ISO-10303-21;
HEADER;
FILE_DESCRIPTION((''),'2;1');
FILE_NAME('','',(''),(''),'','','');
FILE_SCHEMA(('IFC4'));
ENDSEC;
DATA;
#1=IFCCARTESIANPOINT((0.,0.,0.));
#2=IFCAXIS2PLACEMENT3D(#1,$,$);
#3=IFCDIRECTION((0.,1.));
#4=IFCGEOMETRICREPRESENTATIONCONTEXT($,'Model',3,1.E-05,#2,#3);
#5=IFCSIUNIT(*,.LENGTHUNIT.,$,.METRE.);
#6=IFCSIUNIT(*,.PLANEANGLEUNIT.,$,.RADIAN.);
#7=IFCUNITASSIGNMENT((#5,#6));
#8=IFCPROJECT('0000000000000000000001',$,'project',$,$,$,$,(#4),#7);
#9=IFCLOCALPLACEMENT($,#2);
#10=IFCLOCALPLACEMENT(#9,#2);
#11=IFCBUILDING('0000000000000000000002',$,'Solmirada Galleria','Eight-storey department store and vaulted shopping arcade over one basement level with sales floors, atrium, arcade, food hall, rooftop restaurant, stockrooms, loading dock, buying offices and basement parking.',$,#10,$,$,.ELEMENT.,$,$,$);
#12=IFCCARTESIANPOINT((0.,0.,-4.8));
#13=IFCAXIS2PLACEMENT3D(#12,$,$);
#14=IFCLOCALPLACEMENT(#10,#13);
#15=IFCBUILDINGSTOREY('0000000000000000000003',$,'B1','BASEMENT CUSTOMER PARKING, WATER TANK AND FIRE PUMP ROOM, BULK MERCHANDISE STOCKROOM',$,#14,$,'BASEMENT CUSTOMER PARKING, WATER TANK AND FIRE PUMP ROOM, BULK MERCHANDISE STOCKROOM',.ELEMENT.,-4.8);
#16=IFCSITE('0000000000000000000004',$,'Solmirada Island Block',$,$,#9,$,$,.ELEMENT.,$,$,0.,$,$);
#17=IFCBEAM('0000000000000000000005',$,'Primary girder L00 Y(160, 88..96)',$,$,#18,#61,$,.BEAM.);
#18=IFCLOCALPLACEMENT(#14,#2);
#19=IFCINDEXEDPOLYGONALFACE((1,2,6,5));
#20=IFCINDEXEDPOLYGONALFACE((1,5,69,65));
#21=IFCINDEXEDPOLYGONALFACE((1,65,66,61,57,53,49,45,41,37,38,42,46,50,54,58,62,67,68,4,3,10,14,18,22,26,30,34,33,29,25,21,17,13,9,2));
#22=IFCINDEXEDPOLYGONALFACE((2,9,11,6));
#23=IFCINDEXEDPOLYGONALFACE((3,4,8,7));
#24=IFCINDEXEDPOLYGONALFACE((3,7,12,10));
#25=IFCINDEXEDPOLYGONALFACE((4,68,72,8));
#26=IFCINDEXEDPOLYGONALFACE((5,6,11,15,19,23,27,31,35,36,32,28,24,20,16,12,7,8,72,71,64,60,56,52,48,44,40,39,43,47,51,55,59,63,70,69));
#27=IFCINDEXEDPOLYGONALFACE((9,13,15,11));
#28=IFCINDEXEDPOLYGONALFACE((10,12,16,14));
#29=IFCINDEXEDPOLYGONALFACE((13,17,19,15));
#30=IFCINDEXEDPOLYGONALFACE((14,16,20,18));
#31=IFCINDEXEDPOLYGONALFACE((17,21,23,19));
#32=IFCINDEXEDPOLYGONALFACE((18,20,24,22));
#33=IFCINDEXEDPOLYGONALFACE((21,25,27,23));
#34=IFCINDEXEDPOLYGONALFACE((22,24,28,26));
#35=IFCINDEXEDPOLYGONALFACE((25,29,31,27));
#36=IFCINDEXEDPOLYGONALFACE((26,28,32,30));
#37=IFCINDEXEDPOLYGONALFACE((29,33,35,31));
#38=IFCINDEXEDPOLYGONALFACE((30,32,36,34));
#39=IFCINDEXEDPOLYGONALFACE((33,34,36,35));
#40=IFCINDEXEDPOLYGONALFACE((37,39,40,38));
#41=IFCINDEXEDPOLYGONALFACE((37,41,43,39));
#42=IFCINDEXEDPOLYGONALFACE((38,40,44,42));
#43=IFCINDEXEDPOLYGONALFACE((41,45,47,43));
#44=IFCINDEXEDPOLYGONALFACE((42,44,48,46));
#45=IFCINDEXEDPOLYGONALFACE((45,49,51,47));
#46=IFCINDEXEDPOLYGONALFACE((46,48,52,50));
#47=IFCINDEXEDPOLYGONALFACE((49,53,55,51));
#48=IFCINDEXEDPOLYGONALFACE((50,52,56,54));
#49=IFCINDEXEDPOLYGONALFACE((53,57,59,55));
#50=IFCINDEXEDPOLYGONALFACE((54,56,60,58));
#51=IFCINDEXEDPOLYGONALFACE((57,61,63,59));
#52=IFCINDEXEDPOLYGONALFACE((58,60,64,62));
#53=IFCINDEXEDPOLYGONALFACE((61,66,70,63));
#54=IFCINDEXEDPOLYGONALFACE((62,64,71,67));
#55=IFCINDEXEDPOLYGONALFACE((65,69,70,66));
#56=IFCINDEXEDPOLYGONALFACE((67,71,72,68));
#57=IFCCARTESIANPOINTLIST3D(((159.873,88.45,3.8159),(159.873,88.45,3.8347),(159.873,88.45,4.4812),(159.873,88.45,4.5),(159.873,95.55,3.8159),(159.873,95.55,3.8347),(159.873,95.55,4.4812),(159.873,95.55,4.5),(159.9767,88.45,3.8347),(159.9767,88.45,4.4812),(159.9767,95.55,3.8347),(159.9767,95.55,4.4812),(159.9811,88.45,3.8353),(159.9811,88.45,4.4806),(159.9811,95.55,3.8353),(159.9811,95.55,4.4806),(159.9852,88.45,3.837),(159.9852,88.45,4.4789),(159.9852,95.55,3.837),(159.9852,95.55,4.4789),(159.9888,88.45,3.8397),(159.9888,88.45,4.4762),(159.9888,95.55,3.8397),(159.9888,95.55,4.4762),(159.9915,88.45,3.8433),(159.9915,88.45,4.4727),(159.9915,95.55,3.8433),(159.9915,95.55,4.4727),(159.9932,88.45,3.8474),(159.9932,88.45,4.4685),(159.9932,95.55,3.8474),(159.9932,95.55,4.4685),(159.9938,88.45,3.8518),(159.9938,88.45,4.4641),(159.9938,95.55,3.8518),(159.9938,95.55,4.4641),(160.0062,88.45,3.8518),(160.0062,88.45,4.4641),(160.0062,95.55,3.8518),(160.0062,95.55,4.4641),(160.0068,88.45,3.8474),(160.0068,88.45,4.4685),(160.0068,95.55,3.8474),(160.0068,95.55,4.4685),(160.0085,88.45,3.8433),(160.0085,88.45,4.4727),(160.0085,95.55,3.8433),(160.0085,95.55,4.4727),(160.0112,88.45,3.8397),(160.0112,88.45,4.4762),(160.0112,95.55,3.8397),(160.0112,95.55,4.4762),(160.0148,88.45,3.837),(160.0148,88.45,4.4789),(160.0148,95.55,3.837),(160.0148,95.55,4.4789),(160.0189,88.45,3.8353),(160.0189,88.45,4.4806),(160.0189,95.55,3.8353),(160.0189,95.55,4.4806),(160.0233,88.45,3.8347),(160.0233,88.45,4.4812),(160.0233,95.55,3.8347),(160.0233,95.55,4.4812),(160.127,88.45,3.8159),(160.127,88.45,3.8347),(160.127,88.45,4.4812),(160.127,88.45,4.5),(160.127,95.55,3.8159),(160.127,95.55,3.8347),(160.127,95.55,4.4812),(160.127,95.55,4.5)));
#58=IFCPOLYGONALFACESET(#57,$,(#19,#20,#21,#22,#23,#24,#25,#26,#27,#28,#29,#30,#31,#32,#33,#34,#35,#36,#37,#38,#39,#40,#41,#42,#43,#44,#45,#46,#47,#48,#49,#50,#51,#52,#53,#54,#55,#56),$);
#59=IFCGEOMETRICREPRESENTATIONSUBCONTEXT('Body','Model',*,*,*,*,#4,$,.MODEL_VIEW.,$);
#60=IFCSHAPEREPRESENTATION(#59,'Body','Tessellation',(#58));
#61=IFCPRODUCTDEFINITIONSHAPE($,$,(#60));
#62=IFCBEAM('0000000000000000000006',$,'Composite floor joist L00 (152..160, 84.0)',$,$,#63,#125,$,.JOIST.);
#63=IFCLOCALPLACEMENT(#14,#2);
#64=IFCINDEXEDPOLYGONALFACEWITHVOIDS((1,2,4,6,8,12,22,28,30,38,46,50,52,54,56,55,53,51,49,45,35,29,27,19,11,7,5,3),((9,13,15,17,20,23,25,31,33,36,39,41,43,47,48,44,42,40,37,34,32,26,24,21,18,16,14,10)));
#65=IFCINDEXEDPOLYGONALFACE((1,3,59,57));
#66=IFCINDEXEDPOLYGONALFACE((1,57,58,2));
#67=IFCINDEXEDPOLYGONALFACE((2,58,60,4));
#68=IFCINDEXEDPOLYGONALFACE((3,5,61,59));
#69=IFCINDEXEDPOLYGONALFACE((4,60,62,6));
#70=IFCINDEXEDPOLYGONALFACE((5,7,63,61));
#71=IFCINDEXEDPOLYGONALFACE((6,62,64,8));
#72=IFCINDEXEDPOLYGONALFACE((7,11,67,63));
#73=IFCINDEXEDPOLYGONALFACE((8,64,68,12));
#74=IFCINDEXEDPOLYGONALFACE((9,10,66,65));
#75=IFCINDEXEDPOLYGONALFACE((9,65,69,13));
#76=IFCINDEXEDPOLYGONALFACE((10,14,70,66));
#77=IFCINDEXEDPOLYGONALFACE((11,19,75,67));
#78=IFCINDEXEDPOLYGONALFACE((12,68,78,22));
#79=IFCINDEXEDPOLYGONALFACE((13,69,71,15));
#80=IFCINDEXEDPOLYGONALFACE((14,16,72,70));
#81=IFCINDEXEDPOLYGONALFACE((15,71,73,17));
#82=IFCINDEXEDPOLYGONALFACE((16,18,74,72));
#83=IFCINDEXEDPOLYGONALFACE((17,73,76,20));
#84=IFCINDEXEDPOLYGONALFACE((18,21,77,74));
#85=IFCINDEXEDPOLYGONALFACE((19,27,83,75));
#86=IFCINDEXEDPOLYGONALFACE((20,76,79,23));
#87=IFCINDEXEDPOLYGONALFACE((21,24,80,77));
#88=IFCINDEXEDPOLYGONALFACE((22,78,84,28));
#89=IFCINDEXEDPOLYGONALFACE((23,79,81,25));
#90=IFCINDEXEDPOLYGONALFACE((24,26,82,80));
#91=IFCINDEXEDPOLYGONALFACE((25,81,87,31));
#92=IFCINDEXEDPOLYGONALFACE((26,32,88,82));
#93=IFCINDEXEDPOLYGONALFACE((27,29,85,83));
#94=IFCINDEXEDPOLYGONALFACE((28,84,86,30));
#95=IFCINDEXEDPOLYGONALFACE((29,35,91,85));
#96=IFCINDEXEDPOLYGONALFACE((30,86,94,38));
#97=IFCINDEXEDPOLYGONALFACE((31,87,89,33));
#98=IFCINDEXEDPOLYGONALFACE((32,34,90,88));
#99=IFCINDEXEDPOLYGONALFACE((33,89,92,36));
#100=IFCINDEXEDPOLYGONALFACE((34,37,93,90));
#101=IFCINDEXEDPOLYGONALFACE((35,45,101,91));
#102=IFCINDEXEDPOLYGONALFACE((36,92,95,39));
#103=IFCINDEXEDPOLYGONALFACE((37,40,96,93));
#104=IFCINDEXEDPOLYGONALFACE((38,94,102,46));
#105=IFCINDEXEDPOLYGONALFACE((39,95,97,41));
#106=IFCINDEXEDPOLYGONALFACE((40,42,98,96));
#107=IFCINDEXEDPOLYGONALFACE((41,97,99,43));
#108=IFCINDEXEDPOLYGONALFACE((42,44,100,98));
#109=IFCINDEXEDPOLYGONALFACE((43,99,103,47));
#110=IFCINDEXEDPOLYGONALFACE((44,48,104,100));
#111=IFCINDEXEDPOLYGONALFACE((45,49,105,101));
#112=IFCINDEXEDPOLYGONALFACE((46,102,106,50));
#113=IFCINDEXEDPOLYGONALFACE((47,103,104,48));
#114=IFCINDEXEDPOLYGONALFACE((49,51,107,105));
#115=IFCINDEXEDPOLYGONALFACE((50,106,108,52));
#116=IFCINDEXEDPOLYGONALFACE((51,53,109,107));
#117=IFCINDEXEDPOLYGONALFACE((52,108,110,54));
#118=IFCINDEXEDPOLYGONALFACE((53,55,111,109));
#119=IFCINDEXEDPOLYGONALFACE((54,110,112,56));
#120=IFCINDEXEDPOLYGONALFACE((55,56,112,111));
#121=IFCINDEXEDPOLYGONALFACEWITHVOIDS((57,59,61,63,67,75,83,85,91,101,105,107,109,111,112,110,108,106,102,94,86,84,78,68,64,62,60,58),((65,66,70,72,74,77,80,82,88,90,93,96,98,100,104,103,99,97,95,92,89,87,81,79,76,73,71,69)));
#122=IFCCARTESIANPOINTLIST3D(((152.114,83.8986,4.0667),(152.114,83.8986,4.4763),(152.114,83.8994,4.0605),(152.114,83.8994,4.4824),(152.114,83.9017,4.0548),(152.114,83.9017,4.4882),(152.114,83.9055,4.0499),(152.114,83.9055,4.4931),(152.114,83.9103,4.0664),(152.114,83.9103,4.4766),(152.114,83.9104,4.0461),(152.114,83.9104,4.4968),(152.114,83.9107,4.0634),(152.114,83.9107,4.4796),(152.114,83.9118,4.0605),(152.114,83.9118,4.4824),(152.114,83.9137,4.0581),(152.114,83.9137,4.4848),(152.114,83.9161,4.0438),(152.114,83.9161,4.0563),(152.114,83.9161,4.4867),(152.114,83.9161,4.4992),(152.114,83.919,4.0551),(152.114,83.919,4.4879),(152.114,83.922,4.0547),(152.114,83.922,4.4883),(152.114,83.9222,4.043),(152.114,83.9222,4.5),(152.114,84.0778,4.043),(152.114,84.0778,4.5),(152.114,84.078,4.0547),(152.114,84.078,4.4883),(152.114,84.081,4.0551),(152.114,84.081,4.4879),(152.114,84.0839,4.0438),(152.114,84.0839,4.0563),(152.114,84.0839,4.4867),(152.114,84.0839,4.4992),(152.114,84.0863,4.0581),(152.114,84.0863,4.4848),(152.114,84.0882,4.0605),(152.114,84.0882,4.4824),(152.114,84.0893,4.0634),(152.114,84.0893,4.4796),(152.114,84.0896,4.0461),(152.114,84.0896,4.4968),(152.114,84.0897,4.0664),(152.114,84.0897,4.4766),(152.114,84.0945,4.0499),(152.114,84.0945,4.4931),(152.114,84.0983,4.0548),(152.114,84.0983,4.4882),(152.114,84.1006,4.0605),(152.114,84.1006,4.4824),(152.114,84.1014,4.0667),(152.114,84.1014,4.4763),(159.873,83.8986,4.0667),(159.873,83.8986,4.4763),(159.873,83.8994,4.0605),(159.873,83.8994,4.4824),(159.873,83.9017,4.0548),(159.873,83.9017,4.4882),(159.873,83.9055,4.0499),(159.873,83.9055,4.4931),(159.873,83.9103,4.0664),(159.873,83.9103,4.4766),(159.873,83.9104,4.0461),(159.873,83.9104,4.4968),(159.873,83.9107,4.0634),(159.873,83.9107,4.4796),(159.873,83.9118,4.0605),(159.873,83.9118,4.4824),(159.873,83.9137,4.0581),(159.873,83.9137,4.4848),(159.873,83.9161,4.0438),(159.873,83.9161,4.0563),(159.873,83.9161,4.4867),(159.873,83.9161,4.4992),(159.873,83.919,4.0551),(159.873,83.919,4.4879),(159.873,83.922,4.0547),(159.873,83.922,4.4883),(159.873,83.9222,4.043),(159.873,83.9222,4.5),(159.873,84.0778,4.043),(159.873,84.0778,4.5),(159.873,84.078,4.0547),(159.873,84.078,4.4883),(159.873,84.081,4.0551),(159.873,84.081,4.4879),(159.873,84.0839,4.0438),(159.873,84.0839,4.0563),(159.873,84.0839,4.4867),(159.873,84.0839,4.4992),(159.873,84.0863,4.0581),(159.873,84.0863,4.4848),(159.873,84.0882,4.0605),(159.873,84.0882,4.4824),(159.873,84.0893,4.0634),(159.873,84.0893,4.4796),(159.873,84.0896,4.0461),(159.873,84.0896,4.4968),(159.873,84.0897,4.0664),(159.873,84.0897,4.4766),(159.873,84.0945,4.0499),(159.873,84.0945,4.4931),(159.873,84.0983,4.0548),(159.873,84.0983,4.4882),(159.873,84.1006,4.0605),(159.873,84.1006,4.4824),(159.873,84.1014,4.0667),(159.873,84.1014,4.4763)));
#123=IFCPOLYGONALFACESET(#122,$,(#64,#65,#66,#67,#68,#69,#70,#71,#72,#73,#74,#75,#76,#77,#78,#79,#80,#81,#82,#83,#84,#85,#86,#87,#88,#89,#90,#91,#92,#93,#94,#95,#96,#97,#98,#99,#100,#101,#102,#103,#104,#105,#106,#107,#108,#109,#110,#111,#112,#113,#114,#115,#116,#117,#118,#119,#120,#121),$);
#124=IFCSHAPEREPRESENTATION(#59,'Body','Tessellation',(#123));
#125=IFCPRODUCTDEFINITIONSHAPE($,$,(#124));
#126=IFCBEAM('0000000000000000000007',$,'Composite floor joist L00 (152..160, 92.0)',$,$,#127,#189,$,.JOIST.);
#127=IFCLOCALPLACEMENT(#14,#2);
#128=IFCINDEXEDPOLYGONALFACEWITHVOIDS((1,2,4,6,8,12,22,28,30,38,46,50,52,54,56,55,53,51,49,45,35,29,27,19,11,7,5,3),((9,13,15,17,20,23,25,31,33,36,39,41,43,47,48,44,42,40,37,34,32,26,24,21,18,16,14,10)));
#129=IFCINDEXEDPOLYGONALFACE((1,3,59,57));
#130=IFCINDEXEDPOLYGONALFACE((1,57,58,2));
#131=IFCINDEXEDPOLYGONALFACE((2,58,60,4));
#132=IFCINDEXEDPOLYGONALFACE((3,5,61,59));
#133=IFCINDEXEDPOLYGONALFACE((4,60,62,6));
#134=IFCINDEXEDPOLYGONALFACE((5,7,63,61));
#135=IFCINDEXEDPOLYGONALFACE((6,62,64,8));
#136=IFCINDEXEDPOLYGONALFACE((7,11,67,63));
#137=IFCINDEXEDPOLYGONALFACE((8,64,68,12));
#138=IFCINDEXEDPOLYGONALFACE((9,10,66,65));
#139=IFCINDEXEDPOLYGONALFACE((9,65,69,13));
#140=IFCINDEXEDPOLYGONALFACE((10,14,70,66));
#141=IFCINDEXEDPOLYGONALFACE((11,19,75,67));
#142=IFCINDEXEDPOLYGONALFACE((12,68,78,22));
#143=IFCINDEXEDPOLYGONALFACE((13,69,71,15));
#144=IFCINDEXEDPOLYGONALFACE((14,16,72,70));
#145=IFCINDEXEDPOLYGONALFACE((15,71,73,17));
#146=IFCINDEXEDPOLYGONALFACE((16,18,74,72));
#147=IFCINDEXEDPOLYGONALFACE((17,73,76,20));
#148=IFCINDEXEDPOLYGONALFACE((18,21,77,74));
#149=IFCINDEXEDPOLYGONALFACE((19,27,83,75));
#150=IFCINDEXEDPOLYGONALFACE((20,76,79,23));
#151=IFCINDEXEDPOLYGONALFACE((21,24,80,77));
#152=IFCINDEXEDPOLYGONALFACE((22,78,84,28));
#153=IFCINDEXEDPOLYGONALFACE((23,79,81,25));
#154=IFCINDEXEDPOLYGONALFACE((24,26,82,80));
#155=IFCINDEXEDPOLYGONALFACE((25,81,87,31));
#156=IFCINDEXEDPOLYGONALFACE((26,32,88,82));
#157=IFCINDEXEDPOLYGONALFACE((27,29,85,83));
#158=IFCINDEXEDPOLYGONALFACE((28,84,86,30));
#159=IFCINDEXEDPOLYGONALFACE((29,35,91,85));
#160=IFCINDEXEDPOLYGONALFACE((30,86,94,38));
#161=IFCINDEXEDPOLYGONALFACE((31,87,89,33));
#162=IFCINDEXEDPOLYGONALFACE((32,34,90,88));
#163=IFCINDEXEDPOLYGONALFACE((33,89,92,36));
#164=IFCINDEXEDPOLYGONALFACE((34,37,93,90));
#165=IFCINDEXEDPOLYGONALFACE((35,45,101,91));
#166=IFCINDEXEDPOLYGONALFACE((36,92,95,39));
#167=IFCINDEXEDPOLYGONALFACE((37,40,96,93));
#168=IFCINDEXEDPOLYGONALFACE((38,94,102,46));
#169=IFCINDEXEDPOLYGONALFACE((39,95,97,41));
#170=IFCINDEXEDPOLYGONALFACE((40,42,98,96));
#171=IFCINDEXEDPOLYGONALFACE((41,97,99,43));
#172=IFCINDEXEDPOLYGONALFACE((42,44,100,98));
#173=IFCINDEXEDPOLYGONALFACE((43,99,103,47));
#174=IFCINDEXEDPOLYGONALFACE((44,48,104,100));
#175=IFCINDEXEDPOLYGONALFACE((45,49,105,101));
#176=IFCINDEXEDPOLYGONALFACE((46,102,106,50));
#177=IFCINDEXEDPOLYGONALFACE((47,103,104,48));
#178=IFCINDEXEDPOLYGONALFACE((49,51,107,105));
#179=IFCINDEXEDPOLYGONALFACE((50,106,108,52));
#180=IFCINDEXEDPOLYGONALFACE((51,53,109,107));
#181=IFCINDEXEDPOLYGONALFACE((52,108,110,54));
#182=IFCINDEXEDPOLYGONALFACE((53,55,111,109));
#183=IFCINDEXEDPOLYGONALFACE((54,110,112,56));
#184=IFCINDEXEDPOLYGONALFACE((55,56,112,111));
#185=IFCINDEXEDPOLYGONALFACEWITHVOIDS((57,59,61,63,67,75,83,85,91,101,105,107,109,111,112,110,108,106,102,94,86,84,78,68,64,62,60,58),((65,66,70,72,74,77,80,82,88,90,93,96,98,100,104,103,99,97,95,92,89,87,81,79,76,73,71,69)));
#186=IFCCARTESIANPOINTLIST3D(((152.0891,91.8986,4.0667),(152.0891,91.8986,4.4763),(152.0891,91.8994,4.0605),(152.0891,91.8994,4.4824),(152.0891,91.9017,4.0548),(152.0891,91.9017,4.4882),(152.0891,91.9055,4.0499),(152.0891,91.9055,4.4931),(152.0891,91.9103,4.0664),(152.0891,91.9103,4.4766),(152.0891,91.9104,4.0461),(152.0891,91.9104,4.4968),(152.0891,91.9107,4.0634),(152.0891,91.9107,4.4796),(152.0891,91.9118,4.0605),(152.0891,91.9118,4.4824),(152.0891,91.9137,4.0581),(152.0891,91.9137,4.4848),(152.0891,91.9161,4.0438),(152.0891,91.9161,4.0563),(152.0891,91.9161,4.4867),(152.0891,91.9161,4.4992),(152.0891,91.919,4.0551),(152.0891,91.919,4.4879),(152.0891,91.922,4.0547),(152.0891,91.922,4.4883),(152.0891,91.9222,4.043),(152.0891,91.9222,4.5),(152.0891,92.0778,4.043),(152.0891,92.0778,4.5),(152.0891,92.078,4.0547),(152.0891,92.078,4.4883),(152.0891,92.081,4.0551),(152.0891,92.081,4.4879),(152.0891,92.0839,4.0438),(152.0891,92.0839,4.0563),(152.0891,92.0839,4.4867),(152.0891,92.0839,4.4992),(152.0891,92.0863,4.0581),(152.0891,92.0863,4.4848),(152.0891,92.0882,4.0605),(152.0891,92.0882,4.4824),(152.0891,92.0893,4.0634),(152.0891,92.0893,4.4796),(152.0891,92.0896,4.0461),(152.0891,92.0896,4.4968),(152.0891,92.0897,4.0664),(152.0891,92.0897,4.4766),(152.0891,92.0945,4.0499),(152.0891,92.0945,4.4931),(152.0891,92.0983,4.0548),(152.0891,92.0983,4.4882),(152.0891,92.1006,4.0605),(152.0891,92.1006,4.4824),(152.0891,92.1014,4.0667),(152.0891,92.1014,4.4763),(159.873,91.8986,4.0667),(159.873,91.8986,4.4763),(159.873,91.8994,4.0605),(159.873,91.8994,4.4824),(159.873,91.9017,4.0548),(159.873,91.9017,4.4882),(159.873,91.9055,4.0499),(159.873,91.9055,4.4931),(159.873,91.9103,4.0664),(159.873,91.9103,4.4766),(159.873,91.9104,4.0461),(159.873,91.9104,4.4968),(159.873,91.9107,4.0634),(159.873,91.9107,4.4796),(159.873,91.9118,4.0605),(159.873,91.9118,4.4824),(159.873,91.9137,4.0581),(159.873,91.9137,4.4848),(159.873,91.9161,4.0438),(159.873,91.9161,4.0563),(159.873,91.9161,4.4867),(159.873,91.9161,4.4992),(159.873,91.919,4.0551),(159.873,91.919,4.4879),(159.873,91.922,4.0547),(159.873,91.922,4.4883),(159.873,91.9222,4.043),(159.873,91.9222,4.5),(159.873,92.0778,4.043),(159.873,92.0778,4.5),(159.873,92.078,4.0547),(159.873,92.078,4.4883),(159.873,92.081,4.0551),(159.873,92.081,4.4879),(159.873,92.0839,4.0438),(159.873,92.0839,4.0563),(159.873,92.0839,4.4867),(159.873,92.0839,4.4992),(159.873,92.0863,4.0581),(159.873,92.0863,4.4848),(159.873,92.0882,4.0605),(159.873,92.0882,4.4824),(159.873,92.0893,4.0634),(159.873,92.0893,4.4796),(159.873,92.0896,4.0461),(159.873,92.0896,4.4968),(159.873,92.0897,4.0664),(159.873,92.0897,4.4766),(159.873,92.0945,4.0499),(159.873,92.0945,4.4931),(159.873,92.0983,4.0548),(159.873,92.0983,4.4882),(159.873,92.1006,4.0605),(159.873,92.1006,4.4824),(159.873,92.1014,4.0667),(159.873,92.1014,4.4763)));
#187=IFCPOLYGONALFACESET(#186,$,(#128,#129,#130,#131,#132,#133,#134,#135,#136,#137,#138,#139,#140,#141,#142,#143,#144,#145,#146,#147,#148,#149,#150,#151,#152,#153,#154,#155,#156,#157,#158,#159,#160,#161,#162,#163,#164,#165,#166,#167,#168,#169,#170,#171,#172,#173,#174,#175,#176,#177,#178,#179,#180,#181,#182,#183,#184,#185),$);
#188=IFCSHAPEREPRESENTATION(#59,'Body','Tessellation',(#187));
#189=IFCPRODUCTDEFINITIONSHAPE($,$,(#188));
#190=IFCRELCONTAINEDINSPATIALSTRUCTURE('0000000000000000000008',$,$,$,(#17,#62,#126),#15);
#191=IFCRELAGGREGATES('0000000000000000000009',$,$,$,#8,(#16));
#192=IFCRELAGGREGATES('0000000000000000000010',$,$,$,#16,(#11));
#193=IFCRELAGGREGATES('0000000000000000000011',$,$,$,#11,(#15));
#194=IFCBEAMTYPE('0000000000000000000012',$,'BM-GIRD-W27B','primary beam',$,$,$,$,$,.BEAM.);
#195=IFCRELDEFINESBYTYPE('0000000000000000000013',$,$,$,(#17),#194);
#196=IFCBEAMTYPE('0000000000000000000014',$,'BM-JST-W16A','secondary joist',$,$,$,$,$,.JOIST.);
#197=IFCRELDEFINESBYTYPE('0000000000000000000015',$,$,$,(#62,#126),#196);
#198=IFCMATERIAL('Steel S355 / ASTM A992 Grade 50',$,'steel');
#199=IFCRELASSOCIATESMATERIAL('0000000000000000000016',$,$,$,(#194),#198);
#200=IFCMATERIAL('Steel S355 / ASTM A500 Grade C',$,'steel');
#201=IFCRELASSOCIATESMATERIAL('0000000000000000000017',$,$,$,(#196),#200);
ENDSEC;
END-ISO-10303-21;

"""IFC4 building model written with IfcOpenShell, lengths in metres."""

from ifc_helpers import new_model, si_unit, direction, frame, origin, origin_2d, place, context, subcontext, project, spatial, hollow_rectangle, i_section, extrude, material, material_profile, profile_set, type_object, element, save


model = new_model("IFC4")

# Units and contexts
model_context = context("Model", 3, precision=1e-05, world=origin(), true_north=direction((0.0, 1.0)))
body_context = subcontext(model_context, "Body", "Model", "MODEL_VIEW")
ifc_project = project(units=[si_unit("LENGTHUNIT", "METRE"), si_unit("PLANEANGLEUNIT", "RADIAN")], contexts=[model_context])

# Site, building, storey
site_placement = place(None, origin())
site = spatial("IfcSite", under=ifc_project, at=site_placement, Name="Solmirada Island Block", CompositionType="ELEMENT", RefElevation=0.0)
building_placement = place(site_placement, origin())
building = spatial("IfcBuilding", under=site, at=building_placement, Name="Solmirada Galleria", Description="Eight-storey department store and vaulted shopping arcade over one basement level with sales floors, atrium, arcade, food hall, rooftop restaurant, stockrooms, loading dock, buying offices and basement parking.", CompositionType="ELEMENT")
storey_placement = place(building_placement, frame((0.0, 0.0, -4.8)))
storey = spatial("IfcBuildingStorey", under=building, at=storey_placement, Name="B1", Description="BASEMENT CUSTOMER PARKING, WATER TANK AND FIRE PUMP ROOM, BULK MERCHANDISE STOCKROOM", LongName="BASEMENT CUSTOMER PARKING, WATER TANK AND FIRE PUMP ROOM, BULK MERCHANDISE STOCKROOM", CompositionType="ELEMENT", Elevation=-4.8)

# Beams
ifc_material_1 = material(Name="Steel S355 / ASTM A992 Grade 50", Category="steel")
ifc_material_profile_1 = material_profile(ifc_material_1, i_section(OverallWidth=0.2539, OverallDepth=0.6841, WebThickness=0.0125, FlangeThickness=0.0188, FilletRadius=0.0171, at=origin_2d()), Name="W27X94")
ifc_profile_set_1 = profile_set([ifc_material_profile_1], Name="Steel S355 / ASTM A992 Grade 50")
beam_type_1 = type_object("IfcBeamType", Name="BM-GIRD-W27B", Description="primary beam", PredefinedType="BEAM", material=ifc_profile_set_1)
beam_1_placement = place(storey_placement, frame((160.0, 88.45, 4.158), z_axis=(0.0, 1.0, 0.0), x_axis=(-1.0, 0.0, 0.0)))
element("IfcBeam", 1, at=beam_1_placement, inside=storey, type_object=beam_type_1, Name="Primary girder L00 Y(160, 88..96)", PredefinedType="BEAM", context=body_context, shape_type="SweptSolid", body=[
    extrude(i_section(OverallWidth=0.2539, OverallDepth=0.6841, WebThickness=0.0125, FlangeThickness=0.0188, FilletRadius=0.0171, at=origin_2d()), origin(), (0.0, 0.0, 1.0), 7.1001),
])
ifc_material_2 = material(Name="Steel S355 / ASTM A500 Grade C", Category="steel")
ifc_material_profile_2 = material_profile(ifc_material_2, hollow_rectangle(XDim=0.2029, YDim=0.457, WallThickness=0.0117, InnerFilletRadius=0.0117, OuterFilletRadius=0.0237, at=origin_2d()), Name="HSS18X8X1/2")
ifc_profile_set_2 = profile_set([ifc_material_profile_2], Name="Steel S355 / ASTM A500 Grade C")
beam_type_2 = type_object("IfcBeamType", Name="BM-JST-W16A", Description="secondary joist", PredefinedType="JOIST", material=ifc_profile_set_2)
beam_2_placement = place(storey_placement, frame((152.114, 84.0, 4.2715), z_axis=(1.0, 0.0, 0.0), x_axis=(0.0, 1.0, 0.0)))
element("IfcBeam", 2, at=beam_2_placement, inside=storey, type_object=beam_type_2, Name="Composite floor joist L00 (152..160, 84.0)", PredefinedType="JOIST", context=body_context, shape_type="SweptSolid", body=[
    extrude(hollow_rectangle(XDim=0.2029, YDim=0.457, WallThickness=0.0117, InnerFilletRadius=0.0117, OuterFilletRadius=0.0237, at=origin_2d()), origin(), (0.0, 0.0, 1.0), 7.759),
])
beam_3_placement = place(storey_placement, frame((152.0891, 92.0, 4.2715), z_axis=(1.0, 0.0, 0.0), x_axis=(0.0, 1.0, 0.0)))
element("IfcBeam", 3, at=beam_3_placement, inside=storey, type_object=beam_type_2, Name="Composite floor joist L00 (152..160, 92.0)", PredefinedType="JOIST", context=body_context, shape_type="SweptSolid", body=[
    extrude(hollow_rectangle(XDim=0.2029, YDim=0.457, WallThickness=0.0117, InnerFilletRadius=0.0117, OuterFilletRadius=0.0237, at=origin_2d()), origin(), (0.0, 0.0, 1.0), 7.7839),
])

save(model, "model.ifc")
